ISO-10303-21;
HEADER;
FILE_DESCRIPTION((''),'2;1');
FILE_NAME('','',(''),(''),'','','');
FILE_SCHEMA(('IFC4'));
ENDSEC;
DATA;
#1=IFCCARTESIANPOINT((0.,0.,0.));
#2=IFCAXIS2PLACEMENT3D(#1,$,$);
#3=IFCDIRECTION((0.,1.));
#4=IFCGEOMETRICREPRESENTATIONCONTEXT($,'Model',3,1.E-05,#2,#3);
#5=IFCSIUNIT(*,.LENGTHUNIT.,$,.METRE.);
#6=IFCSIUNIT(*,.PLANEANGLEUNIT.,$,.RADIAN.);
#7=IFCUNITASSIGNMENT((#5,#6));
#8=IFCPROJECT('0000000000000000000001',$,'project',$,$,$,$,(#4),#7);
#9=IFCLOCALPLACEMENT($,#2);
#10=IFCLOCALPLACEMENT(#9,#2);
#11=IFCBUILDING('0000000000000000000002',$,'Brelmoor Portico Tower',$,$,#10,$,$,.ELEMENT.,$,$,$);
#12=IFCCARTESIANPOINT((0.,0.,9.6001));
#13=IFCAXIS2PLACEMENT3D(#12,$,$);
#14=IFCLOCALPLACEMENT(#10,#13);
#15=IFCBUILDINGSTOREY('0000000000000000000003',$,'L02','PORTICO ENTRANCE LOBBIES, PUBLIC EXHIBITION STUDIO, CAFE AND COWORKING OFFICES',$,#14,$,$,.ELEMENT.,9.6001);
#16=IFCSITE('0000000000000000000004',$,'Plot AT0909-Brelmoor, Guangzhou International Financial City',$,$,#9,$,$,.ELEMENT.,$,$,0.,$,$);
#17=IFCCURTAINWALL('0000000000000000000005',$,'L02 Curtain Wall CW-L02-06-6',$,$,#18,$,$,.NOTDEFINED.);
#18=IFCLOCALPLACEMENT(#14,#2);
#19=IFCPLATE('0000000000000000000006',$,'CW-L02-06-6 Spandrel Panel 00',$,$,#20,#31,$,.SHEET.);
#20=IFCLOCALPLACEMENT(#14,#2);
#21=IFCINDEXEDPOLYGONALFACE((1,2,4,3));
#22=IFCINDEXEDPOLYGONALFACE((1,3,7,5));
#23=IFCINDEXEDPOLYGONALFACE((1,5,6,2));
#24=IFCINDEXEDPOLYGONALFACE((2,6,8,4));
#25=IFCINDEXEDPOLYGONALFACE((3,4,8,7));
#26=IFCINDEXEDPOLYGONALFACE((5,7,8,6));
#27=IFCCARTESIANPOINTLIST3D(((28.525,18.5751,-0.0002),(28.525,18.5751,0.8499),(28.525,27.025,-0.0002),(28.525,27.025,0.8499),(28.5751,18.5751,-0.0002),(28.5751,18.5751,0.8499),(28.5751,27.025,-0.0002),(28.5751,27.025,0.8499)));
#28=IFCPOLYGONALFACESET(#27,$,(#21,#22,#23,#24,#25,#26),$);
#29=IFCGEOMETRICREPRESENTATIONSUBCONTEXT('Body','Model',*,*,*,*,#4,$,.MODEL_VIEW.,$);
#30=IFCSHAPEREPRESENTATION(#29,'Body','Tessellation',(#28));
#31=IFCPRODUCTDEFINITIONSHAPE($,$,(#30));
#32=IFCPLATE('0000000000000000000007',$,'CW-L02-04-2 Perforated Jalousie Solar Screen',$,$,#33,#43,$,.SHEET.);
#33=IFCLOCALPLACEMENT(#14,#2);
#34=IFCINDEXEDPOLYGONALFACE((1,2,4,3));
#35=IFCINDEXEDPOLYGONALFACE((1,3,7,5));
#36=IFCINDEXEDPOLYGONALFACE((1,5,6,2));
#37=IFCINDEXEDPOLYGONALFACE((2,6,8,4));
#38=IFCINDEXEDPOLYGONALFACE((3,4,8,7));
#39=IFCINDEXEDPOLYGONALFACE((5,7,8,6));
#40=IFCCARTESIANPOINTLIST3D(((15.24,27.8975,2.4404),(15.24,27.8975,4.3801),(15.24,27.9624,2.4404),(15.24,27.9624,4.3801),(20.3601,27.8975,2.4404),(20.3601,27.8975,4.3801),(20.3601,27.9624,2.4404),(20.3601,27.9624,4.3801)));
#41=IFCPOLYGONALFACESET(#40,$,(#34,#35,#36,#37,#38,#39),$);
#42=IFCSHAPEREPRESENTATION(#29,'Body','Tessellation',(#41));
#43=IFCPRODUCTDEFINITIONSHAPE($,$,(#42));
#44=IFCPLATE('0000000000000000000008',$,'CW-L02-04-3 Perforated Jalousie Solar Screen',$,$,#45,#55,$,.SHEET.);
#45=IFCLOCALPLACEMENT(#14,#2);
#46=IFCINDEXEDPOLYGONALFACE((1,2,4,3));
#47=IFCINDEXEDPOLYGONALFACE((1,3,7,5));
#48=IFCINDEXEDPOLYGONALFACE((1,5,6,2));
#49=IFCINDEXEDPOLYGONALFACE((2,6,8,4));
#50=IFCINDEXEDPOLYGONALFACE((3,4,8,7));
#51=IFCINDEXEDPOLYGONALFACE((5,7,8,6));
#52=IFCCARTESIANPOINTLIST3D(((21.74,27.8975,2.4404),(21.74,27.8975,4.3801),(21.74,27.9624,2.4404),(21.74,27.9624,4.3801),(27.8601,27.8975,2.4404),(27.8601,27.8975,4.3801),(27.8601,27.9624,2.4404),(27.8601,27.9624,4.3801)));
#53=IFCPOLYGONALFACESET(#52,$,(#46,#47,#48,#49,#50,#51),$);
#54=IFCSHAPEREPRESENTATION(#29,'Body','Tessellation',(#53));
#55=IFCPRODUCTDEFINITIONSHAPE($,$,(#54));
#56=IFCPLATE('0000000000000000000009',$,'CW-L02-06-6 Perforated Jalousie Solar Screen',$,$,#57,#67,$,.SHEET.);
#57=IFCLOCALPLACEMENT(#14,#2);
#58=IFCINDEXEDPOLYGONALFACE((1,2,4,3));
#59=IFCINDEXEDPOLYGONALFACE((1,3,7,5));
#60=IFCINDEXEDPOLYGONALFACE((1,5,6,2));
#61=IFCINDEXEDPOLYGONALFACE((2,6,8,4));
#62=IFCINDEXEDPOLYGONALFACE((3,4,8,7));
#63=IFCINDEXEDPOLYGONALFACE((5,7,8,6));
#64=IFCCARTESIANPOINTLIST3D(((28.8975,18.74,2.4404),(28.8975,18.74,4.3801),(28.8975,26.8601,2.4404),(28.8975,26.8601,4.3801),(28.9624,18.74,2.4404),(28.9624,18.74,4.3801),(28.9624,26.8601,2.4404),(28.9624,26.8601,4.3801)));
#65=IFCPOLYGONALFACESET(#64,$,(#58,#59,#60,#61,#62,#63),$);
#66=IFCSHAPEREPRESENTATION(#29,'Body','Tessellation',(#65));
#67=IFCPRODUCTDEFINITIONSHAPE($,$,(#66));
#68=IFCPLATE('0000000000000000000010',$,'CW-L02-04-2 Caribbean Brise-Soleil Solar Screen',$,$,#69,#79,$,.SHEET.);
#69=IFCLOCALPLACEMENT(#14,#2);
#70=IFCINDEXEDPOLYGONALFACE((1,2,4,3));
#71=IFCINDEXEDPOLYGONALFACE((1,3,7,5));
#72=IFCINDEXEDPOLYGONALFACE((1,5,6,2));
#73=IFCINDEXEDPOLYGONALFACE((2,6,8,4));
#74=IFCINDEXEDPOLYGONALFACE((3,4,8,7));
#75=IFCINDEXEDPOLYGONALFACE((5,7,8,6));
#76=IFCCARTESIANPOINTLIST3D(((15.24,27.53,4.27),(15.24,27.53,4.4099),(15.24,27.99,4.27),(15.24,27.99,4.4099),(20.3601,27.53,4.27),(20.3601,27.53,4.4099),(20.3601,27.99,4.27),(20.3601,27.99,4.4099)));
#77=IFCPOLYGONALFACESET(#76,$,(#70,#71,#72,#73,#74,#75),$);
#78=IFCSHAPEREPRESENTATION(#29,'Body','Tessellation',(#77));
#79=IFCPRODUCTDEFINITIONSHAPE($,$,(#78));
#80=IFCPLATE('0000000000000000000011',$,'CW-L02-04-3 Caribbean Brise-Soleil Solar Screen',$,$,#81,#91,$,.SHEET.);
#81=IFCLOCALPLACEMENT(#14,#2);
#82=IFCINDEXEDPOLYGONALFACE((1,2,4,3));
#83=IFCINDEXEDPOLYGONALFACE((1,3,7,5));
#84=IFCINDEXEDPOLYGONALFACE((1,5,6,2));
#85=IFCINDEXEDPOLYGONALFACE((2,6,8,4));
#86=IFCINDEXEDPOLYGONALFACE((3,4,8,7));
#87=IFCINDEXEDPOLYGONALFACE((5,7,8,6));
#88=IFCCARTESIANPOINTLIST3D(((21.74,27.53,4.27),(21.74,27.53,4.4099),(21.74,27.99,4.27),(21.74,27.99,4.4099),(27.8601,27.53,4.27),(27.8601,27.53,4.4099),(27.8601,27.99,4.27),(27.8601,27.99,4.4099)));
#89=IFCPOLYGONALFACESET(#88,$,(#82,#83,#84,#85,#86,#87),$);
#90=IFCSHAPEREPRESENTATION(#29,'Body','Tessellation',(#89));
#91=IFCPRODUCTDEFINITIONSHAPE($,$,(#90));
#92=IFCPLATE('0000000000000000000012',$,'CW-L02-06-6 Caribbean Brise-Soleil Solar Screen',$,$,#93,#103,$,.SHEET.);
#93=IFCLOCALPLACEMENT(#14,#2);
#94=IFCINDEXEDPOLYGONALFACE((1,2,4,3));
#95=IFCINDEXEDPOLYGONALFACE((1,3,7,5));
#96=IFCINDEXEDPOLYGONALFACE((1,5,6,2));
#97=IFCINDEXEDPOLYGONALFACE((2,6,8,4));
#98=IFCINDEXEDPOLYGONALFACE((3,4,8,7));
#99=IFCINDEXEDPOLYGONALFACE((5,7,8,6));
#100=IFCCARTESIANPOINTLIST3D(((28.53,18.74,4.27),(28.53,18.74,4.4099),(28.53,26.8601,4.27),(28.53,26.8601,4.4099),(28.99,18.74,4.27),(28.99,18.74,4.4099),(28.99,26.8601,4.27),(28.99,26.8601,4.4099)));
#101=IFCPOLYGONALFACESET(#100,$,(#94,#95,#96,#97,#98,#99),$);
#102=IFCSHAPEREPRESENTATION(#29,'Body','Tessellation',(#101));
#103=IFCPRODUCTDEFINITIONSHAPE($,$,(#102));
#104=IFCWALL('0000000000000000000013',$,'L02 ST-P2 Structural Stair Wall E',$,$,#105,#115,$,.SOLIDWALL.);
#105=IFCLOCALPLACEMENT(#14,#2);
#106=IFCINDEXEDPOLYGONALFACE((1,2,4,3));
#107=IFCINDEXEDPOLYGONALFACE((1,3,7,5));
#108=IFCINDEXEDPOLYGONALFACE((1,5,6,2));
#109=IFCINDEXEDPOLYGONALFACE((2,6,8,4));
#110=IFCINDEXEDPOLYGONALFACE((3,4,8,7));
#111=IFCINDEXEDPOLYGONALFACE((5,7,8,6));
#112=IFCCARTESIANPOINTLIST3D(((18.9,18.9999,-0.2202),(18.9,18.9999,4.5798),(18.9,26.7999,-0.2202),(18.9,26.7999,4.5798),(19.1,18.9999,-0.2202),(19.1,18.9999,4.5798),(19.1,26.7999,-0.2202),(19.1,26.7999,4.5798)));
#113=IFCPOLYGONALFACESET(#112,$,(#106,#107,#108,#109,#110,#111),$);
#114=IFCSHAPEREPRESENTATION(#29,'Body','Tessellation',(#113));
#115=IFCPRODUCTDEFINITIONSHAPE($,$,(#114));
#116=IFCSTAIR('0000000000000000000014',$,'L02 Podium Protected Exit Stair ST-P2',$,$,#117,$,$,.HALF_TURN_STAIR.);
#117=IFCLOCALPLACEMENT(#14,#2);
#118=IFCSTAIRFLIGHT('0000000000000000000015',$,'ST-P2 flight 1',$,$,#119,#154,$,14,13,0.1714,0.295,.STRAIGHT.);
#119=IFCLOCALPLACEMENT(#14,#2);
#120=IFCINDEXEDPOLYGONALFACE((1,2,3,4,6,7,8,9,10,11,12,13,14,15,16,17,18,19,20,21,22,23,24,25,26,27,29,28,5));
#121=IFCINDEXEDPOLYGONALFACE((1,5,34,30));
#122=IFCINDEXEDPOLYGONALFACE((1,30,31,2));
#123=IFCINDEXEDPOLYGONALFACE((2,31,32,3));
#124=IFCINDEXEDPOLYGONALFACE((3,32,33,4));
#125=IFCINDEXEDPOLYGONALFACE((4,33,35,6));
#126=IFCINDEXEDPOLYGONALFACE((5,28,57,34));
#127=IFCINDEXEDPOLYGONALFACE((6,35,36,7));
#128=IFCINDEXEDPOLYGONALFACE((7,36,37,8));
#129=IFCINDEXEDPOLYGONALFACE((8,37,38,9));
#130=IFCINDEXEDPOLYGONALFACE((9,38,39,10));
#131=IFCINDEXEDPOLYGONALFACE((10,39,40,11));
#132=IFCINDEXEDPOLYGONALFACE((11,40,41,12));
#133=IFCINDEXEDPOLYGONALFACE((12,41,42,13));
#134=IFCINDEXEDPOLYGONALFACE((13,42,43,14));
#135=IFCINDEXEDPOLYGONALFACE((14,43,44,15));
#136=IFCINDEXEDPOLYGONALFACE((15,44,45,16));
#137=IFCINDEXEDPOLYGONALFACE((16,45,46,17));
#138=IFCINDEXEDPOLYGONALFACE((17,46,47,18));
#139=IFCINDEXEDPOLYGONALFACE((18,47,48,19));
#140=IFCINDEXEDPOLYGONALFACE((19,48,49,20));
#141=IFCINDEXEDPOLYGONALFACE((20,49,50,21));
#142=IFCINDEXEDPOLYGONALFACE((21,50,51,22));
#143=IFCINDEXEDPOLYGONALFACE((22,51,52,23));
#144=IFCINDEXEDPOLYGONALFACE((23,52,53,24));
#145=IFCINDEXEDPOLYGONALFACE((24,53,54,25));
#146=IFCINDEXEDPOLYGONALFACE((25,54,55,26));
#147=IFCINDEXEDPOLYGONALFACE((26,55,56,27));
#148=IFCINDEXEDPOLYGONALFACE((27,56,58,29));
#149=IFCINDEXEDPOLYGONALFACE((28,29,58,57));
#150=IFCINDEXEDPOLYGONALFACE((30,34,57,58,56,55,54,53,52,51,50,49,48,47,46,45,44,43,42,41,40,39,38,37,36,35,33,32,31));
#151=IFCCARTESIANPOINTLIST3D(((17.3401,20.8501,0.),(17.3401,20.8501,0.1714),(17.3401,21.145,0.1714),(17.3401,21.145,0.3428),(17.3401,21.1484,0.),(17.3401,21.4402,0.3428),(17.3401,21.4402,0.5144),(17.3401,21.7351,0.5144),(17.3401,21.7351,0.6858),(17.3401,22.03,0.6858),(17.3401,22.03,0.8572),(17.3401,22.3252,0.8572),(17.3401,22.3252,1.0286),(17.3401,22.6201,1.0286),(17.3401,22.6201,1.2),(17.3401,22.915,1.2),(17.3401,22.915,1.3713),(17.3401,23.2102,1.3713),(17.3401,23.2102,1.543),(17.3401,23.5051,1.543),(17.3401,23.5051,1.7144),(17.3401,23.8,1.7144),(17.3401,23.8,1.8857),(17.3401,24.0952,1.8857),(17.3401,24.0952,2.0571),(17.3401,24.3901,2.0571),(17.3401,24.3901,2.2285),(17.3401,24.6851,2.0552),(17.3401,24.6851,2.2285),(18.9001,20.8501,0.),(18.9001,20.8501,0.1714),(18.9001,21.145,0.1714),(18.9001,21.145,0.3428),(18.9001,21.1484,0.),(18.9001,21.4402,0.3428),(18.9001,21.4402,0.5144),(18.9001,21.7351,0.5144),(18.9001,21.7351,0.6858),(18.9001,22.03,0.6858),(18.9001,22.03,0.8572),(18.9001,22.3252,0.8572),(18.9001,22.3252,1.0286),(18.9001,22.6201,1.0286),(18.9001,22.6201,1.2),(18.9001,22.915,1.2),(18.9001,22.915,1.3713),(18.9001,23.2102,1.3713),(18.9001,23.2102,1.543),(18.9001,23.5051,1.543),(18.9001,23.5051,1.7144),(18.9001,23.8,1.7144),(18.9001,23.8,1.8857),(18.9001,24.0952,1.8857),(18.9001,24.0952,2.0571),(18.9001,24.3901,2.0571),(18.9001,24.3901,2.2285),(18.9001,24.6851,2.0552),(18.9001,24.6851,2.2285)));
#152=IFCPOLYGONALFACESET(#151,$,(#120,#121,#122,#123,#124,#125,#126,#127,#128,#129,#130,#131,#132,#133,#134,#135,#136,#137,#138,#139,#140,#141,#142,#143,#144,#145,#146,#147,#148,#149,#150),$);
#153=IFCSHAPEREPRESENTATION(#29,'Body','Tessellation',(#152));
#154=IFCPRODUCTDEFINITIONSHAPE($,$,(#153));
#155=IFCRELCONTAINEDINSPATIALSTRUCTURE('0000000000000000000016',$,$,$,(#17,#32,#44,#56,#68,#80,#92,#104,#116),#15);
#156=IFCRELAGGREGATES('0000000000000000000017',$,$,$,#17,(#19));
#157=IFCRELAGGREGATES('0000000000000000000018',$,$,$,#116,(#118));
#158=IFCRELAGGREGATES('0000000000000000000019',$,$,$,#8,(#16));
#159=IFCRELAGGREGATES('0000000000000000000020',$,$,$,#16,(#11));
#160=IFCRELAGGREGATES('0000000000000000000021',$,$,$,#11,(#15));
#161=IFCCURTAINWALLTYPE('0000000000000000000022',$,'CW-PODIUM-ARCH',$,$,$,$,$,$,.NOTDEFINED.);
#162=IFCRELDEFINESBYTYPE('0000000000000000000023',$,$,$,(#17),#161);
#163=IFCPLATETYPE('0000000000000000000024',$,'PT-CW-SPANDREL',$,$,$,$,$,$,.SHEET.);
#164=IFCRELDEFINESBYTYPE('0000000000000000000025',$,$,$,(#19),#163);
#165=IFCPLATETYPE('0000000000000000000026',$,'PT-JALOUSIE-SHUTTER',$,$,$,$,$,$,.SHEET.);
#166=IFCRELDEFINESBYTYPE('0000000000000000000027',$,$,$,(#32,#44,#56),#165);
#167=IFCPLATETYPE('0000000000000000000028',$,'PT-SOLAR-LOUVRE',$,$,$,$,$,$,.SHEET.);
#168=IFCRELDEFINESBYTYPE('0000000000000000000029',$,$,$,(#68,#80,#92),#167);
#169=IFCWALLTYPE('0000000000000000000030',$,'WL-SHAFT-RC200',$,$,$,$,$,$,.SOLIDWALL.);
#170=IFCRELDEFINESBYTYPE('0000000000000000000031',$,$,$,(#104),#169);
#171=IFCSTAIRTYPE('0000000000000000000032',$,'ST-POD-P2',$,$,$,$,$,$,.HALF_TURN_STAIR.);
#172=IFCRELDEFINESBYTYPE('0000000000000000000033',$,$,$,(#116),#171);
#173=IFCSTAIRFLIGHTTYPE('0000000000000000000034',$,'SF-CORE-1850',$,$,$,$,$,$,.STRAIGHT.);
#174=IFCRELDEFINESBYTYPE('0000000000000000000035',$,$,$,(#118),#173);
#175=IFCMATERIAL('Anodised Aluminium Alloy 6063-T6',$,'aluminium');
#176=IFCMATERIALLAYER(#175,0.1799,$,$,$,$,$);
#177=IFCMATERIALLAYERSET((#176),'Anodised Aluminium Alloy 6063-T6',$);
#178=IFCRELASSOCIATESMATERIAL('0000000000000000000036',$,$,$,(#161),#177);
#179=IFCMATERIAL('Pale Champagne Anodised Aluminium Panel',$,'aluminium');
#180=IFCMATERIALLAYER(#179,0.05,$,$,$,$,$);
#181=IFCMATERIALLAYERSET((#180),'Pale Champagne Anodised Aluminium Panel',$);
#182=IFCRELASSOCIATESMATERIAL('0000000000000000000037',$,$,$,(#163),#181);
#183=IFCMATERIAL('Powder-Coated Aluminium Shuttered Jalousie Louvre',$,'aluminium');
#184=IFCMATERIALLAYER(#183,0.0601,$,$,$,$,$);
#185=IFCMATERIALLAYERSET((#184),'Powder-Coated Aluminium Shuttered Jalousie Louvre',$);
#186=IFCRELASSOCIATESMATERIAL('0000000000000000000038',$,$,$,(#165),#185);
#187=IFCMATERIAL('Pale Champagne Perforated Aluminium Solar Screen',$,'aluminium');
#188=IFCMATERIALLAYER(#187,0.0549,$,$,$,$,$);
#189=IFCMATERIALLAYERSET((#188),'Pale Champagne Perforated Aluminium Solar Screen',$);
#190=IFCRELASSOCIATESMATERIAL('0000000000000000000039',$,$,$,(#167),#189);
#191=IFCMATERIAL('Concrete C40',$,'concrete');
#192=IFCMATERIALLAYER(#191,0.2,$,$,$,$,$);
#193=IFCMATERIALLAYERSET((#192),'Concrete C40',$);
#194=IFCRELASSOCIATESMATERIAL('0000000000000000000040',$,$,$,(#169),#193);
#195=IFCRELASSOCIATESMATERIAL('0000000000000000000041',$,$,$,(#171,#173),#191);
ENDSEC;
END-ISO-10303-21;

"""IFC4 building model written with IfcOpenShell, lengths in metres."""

from ifc_helpers import new_model, si_unit, direction, frame, frame_2d, origin, origin_2d, place, context, subcontext, project, spatial, polyline, rectangle, outline, extrude, material, layer, layer_set, type_object, element, aggregate, save


model = new_model("IFC4")

# Units and contexts
model_context = context("Model", 3, precision=1e-05, world=origin(), true_north=direction((0.0, 1.0)))
body_context = subcontext(model_context, "Body", "Model", "MODEL_VIEW")
ifc_project = project(units=[si_unit("LENGTHUNIT", "METRE"), si_unit("PLANEANGLEUNIT", "RADIAN")], contexts=[model_context])

# Site, building, storey
site_placement = place(None, origin())
site = spatial("IfcSite", under=ifc_project, at=site_placement, Name="Plot AT0909-Brelmoor, Guangzhou International Financial City", CompositionType="ELEMENT", RefElevation=0.0)
building_placement = place(site_placement, origin())
building = spatial("IfcBuilding", under=site, at=building_placement, Name="Brelmoor Portico Tower", CompositionType="ELEMENT")
storey_placement = place(building_placement, frame((0.0, 0.0, 9.6001)))
storey = spatial("IfcBuildingStorey", under=building, at=storey_placement, Name="L02", Description="PORTICO ENTRANCE LOBBIES, PUBLIC EXHIBITION STUDIO, CAFE AND COWORKING OFFICES", CompositionType="ELEMENT", Elevation=9.6001)

# Shared definitions
ifc_material_1 = material(Name="Anodised Aluminium Alloy 6063-T6", Category="aluminium")
ifc_layer_1 = layer(ifc_material_1, 0.1799)
ifc_layer_set_1 = layer_set([ifc_layer_1], Name="Anodised Aluminium Alloy 6063-T6")
curtain_wall_type = type_object("IfcCurtainWallType", Name="CW-PODIUM-ARCH", PredefinedType="NOTDEFINED", material=ifc_layer_set_1)

# Curtain wall
curtain_wall_1_placement = place(storey_placement, origin())
curtain_wall_1 = element("IfcCurtainWall", 1, at=curtain_wall_1_placement, inside=storey, type_object=curtain_wall_type, Name="L02 Curtain Wall CW-L02-06-6", PredefinedType="NOTDEFINED")

# Plate
ifc_material_2 = material(Name="Pale Champagne Anodised Aluminium Panel", Category="aluminium")
ifc_layer_2 = layer(ifc_material_2, 0.05)
ifc_layer_set_2 = layer_set([ifc_layer_2], Name="Pale Champagne Anodised Aluminium Panel")
plate_type_1 = type_object("IfcPlateType", Name="PT-CW-SPANDREL", PredefinedType="SHEET", material=ifc_layer_set_2)
plate_1_placement = place(storey_placement, frame((28.55, 22.8, -0.0002), z_axis=(0.0, 0.0, 1.0), x_axis=(0.0, 1.0, 0.0)))
plate_1 = element("IfcPlate", 2, at=plate_1_placement, type_object=plate_type_1, Name="CW-L02-06-6 Spandrel Panel 00", PredefinedType="SHEET", context=body_context, shape_type="SweptSolid", body=[
    extrude(rectangle(XDim=8.45, YDim=0.05, at=origin_2d()), origin(), (0.0, 0.0, 1.0), 0.8501),
])
aggregate(curtain_wall_1, [plate_1])

# Plates
ifc_material_3 = material(Name="Powder-Coated Aluminium Shuttered Jalousie Louvre", Category="aluminium")
ifc_layer_3 = layer(ifc_material_3, 0.0601)
ifc_layer_set_3 = layer_set([ifc_layer_3], Name="Powder-Coated Aluminium Shuttered Jalousie Louvre")
plate_type_2 = type_object("IfcPlateType", Name="PT-JALOUSIE-SHUTTER", PredefinedType="SHEET", material=ifc_layer_set_3)
plate_2_placement = place(storey_placement, frame((17.8, 27.9299, 2.4404), z_axis=(0.0, 0.0, 1.0), x_axis=(1.0, 0.0, 0.0)))
element("IfcPlate", 3, at=plate_2_placement, inside=storey, type_object=plate_type_2, Name="CW-L02-04-2 Perforated Jalousie Solar Screen", PredefinedType="SHEET", context=body_context, shape_type="SweptSolid", body=[
    extrude(rectangle(XDim=5.1201, YDim=0.0649, at=origin_2d()), origin(), (0.0, 0.0, 1.0), 1.9397),
])
plate_3_placement = place(storey_placement, frame((24.8, 27.9299, 2.4404), z_axis=(0.0, 0.0, 1.0), x_axis=(1.0, 0.0, 0.0)))
element("IfcPlate", 4, at=plate_3_placement, inside=storey, type_object=plate_type_2, Name="CW-L02-04-3 Perforated Jalousie Solar Screen", PredefinedType="SHEET", context=body_context, shape_type="SweptSolid", body=[
    extrude(rectangle(XDim=6.1201, YDim=0.0649, at=origin_2d()), origin(), (0.0, 0.0, 1.0), 1.9397),
])
plate_4_placement = place(storey_placement, frame((28.9299, 22.8, 2.4404), z_axis=(0.0, 0.0, 1.0), x_axis=(0.0, 1.0, 0.0)))
element("IfcPlate", 5, at=plate_4_placement, inside=storey, type_object=plate_type_2, Name="CW-L02-06-6 Perforated Jalousie Solar Screen", PredefinedType="SHEET", context=body_context, shape_type="SweptSolid", body=[
    extrude(rectangle(XDim=8.1201, YDim=0.0649, at=origin_2d()), origin(), (0.0, 0.0, 1.0), 1.9397),
])
ifc_material_4 = material(Name="Pale Champagne Perforated Aluminium Solar Screen", Category="aluminium")
ifc_layer_4 = layer(ifc_material_4, 0.0549)
ifc_layer_set_4 = layer_set([ifc_layer_4], Name="Pale Champagne Perforated Aluminium Solar Screen")
plate_type_3 = type_object("IfcPlateType", Name="PT-SOLAR-LOUVRE", PredefinedType="SHEET", material=ifc_layer_set_4)
plate_5_placement = place(storey_placement, frame((17.8, 27.76, 4.27), z_axis=(0.0, 0.0, 1.0), x_axis=(1.0, 0.0, 0.0)))
element("IfcPlate", 6, at=plate_5_placement, inside=storey, type_object=plate_type_3, Name="CW-L02-04-2 Caribbean Brise-Soleil Solar Screen", PredefinedType="SHEET", context=body_context, shape_type="SweptSolid", body=[
    extrude(rectangle(XDim=5.1201, YDim=0.46, at=origin_2d()), origin(), (0.0, 0.0, 1.0), 0.1399),
])
plate_6_placement = place(storey_placement, frame((24.8, 27.76, 4.27), z_axis=(0.0, 0.0, 1.0), x_axis=(1.0, 0.0, 0.0)))
element("IfcPlate", 7, at=plate_6_placement, inside=storey, type_object=plate_type_3, Name="CW-L02-04-3 Caribbean Brise-Soleil Solar Screen", PredefinedType="SHEET", context=body_context, shape_type="SweptSolid", body=[
    extrude(rectangle(XDim=6.1201, YDim=0.46, at=origin_2d()), origin(), (0.0, 0.0, 1.0), 0.1399),
])
plate_7_placement = place(storey_placement, frame((28.76, 22.8, 4.27), z_axis=(0.0, 0.0, 1.0), x_axis=(0.0, 1.0, 0.0)))
element("IfcPlate", 8, at=plate_7_placement, inside=storey, type_object=plate_type_3, Name="CW-L02-06-6 Caribbean Brise-Soleil Solar Screen", PredefinedType="SHEET", context=body_context, shape_type="SweptSolid", body=[
    extrude(rectangle(XDim=8.1201, YDim=0.46, at=origin_2d()), origin(), (0.0, 0.0, 1.0), 0.1399),
])

# Wall
ifc_material_5 = material(Name="Concrete C40", Category="concrete")
ifc_layer_5 = layer(ifc_material_5, 0.2)
ifc_layer_set_5 = layer_set([ifc_layer_5], Name="Concrete C40")
wall_type = type_object("IfcWallType", Name="WL-SHAFT-RC200", PredefinedType="SOLIDWALL", material=ifc_layer_set_5)
wall_placement = place(storey_placement, frame((19.0, 19.0, -0.2202), z_axis=(0.0, 0.0, 1.0), x_axis=(0.0, 1.0, 0.0)))
element("IfcWall", 9, at=wall_placement, inside=storey, type_object=wall_type, Name="L02 ST-P2 Structural Stair Wall E", PredefinedType="SOLIDWALL", context=body_context, shape_type="SweptSolid", body=[
    extrude(rectangle(XDim=7.8, YDim=0.2, at=frame_2d((3.8999, 0.0))), origin(), (0.0, 0.0, 1.0), 4.8),
])

# Stair, stair flight
stair_type = type_object("IfcStairType", Name="ST-POD-P2", PredefinedType="HALF_TURN_STAIR", material=ifc_material_5)
stair_placement = place(storey_placement, origin())
stair = element("IfcStair", 10, at=stair_placement, inside=storey, type_object=stair_type, Name="L02 Podium Protected Exit Stair ST-P2", PredefinedType="HALF_TURN_STAIR")
stair_flight_type = type_object("IfcStairFlightType", Name="SF-CORE-1850", PredefinedType="STRAIGHT", material=ifc_material_5)
stair_flight_1_placement = place(storey_placement, frame((18.1201, 20.8501, 0.0), z_axis=(0.0, 0.0, 1.0), x_axis=(0.0, 1.0, 0.0)))
stair_flight_1 = element("IfcStairFlight", 11, at=stair_flight_1_placement, type_object=stair_flight_type, Name="ST-P2 flight 1", NumberOfRisers=14, NumberOfTreads=13, PredefinedType="STRAIGHT", RiserHeight=0.1714, TreadLength=0.295, context=body_context, shape_type="SweptSolid", body=[
    extrude(outline(polyline([(0.0, 0.0), (0.0, 0.1714), (0.2949, 0.1714), (0.2949, 0.3428), (0.5901, 0.3428), (0.5901, 0.5144), (0.885, 0.5144), (0.885, 0.6858), (1.1799, 0.6858), (1.1799, 0.8572), (1.4751, 0.8572), (1.4751, 1.0286), (1.77, 1.0286), (1.77, 1.2), (2.0649, 1.2), (2.0649, 1.3713), (2.3601, 1.3713), (2.3601, 1.543), (2.655, 1.543), (2.655, 1.7144), (2.95, 1.7144), (2.95, 1.8857), (3.2451, 1.8857), (3.2451, 2.0571), (3.54, 2.0571), (3.54, 2.2285), (3.835, 2.2285), (3.835, 2.3999), (3.835, 2.0552), (0.2983, 0.0), (0.0, 0.0)])), frame((0.0, 0.78, 0.0), z_axis=(0.0, -1.0, 0.0), x_axis=(1.0, 0.0, 0.0)), (0.0, 0.0, 1.0), 1.5601),
])
aggregate(stair, [stair_flight_1])

save(model, "model.ifc")
